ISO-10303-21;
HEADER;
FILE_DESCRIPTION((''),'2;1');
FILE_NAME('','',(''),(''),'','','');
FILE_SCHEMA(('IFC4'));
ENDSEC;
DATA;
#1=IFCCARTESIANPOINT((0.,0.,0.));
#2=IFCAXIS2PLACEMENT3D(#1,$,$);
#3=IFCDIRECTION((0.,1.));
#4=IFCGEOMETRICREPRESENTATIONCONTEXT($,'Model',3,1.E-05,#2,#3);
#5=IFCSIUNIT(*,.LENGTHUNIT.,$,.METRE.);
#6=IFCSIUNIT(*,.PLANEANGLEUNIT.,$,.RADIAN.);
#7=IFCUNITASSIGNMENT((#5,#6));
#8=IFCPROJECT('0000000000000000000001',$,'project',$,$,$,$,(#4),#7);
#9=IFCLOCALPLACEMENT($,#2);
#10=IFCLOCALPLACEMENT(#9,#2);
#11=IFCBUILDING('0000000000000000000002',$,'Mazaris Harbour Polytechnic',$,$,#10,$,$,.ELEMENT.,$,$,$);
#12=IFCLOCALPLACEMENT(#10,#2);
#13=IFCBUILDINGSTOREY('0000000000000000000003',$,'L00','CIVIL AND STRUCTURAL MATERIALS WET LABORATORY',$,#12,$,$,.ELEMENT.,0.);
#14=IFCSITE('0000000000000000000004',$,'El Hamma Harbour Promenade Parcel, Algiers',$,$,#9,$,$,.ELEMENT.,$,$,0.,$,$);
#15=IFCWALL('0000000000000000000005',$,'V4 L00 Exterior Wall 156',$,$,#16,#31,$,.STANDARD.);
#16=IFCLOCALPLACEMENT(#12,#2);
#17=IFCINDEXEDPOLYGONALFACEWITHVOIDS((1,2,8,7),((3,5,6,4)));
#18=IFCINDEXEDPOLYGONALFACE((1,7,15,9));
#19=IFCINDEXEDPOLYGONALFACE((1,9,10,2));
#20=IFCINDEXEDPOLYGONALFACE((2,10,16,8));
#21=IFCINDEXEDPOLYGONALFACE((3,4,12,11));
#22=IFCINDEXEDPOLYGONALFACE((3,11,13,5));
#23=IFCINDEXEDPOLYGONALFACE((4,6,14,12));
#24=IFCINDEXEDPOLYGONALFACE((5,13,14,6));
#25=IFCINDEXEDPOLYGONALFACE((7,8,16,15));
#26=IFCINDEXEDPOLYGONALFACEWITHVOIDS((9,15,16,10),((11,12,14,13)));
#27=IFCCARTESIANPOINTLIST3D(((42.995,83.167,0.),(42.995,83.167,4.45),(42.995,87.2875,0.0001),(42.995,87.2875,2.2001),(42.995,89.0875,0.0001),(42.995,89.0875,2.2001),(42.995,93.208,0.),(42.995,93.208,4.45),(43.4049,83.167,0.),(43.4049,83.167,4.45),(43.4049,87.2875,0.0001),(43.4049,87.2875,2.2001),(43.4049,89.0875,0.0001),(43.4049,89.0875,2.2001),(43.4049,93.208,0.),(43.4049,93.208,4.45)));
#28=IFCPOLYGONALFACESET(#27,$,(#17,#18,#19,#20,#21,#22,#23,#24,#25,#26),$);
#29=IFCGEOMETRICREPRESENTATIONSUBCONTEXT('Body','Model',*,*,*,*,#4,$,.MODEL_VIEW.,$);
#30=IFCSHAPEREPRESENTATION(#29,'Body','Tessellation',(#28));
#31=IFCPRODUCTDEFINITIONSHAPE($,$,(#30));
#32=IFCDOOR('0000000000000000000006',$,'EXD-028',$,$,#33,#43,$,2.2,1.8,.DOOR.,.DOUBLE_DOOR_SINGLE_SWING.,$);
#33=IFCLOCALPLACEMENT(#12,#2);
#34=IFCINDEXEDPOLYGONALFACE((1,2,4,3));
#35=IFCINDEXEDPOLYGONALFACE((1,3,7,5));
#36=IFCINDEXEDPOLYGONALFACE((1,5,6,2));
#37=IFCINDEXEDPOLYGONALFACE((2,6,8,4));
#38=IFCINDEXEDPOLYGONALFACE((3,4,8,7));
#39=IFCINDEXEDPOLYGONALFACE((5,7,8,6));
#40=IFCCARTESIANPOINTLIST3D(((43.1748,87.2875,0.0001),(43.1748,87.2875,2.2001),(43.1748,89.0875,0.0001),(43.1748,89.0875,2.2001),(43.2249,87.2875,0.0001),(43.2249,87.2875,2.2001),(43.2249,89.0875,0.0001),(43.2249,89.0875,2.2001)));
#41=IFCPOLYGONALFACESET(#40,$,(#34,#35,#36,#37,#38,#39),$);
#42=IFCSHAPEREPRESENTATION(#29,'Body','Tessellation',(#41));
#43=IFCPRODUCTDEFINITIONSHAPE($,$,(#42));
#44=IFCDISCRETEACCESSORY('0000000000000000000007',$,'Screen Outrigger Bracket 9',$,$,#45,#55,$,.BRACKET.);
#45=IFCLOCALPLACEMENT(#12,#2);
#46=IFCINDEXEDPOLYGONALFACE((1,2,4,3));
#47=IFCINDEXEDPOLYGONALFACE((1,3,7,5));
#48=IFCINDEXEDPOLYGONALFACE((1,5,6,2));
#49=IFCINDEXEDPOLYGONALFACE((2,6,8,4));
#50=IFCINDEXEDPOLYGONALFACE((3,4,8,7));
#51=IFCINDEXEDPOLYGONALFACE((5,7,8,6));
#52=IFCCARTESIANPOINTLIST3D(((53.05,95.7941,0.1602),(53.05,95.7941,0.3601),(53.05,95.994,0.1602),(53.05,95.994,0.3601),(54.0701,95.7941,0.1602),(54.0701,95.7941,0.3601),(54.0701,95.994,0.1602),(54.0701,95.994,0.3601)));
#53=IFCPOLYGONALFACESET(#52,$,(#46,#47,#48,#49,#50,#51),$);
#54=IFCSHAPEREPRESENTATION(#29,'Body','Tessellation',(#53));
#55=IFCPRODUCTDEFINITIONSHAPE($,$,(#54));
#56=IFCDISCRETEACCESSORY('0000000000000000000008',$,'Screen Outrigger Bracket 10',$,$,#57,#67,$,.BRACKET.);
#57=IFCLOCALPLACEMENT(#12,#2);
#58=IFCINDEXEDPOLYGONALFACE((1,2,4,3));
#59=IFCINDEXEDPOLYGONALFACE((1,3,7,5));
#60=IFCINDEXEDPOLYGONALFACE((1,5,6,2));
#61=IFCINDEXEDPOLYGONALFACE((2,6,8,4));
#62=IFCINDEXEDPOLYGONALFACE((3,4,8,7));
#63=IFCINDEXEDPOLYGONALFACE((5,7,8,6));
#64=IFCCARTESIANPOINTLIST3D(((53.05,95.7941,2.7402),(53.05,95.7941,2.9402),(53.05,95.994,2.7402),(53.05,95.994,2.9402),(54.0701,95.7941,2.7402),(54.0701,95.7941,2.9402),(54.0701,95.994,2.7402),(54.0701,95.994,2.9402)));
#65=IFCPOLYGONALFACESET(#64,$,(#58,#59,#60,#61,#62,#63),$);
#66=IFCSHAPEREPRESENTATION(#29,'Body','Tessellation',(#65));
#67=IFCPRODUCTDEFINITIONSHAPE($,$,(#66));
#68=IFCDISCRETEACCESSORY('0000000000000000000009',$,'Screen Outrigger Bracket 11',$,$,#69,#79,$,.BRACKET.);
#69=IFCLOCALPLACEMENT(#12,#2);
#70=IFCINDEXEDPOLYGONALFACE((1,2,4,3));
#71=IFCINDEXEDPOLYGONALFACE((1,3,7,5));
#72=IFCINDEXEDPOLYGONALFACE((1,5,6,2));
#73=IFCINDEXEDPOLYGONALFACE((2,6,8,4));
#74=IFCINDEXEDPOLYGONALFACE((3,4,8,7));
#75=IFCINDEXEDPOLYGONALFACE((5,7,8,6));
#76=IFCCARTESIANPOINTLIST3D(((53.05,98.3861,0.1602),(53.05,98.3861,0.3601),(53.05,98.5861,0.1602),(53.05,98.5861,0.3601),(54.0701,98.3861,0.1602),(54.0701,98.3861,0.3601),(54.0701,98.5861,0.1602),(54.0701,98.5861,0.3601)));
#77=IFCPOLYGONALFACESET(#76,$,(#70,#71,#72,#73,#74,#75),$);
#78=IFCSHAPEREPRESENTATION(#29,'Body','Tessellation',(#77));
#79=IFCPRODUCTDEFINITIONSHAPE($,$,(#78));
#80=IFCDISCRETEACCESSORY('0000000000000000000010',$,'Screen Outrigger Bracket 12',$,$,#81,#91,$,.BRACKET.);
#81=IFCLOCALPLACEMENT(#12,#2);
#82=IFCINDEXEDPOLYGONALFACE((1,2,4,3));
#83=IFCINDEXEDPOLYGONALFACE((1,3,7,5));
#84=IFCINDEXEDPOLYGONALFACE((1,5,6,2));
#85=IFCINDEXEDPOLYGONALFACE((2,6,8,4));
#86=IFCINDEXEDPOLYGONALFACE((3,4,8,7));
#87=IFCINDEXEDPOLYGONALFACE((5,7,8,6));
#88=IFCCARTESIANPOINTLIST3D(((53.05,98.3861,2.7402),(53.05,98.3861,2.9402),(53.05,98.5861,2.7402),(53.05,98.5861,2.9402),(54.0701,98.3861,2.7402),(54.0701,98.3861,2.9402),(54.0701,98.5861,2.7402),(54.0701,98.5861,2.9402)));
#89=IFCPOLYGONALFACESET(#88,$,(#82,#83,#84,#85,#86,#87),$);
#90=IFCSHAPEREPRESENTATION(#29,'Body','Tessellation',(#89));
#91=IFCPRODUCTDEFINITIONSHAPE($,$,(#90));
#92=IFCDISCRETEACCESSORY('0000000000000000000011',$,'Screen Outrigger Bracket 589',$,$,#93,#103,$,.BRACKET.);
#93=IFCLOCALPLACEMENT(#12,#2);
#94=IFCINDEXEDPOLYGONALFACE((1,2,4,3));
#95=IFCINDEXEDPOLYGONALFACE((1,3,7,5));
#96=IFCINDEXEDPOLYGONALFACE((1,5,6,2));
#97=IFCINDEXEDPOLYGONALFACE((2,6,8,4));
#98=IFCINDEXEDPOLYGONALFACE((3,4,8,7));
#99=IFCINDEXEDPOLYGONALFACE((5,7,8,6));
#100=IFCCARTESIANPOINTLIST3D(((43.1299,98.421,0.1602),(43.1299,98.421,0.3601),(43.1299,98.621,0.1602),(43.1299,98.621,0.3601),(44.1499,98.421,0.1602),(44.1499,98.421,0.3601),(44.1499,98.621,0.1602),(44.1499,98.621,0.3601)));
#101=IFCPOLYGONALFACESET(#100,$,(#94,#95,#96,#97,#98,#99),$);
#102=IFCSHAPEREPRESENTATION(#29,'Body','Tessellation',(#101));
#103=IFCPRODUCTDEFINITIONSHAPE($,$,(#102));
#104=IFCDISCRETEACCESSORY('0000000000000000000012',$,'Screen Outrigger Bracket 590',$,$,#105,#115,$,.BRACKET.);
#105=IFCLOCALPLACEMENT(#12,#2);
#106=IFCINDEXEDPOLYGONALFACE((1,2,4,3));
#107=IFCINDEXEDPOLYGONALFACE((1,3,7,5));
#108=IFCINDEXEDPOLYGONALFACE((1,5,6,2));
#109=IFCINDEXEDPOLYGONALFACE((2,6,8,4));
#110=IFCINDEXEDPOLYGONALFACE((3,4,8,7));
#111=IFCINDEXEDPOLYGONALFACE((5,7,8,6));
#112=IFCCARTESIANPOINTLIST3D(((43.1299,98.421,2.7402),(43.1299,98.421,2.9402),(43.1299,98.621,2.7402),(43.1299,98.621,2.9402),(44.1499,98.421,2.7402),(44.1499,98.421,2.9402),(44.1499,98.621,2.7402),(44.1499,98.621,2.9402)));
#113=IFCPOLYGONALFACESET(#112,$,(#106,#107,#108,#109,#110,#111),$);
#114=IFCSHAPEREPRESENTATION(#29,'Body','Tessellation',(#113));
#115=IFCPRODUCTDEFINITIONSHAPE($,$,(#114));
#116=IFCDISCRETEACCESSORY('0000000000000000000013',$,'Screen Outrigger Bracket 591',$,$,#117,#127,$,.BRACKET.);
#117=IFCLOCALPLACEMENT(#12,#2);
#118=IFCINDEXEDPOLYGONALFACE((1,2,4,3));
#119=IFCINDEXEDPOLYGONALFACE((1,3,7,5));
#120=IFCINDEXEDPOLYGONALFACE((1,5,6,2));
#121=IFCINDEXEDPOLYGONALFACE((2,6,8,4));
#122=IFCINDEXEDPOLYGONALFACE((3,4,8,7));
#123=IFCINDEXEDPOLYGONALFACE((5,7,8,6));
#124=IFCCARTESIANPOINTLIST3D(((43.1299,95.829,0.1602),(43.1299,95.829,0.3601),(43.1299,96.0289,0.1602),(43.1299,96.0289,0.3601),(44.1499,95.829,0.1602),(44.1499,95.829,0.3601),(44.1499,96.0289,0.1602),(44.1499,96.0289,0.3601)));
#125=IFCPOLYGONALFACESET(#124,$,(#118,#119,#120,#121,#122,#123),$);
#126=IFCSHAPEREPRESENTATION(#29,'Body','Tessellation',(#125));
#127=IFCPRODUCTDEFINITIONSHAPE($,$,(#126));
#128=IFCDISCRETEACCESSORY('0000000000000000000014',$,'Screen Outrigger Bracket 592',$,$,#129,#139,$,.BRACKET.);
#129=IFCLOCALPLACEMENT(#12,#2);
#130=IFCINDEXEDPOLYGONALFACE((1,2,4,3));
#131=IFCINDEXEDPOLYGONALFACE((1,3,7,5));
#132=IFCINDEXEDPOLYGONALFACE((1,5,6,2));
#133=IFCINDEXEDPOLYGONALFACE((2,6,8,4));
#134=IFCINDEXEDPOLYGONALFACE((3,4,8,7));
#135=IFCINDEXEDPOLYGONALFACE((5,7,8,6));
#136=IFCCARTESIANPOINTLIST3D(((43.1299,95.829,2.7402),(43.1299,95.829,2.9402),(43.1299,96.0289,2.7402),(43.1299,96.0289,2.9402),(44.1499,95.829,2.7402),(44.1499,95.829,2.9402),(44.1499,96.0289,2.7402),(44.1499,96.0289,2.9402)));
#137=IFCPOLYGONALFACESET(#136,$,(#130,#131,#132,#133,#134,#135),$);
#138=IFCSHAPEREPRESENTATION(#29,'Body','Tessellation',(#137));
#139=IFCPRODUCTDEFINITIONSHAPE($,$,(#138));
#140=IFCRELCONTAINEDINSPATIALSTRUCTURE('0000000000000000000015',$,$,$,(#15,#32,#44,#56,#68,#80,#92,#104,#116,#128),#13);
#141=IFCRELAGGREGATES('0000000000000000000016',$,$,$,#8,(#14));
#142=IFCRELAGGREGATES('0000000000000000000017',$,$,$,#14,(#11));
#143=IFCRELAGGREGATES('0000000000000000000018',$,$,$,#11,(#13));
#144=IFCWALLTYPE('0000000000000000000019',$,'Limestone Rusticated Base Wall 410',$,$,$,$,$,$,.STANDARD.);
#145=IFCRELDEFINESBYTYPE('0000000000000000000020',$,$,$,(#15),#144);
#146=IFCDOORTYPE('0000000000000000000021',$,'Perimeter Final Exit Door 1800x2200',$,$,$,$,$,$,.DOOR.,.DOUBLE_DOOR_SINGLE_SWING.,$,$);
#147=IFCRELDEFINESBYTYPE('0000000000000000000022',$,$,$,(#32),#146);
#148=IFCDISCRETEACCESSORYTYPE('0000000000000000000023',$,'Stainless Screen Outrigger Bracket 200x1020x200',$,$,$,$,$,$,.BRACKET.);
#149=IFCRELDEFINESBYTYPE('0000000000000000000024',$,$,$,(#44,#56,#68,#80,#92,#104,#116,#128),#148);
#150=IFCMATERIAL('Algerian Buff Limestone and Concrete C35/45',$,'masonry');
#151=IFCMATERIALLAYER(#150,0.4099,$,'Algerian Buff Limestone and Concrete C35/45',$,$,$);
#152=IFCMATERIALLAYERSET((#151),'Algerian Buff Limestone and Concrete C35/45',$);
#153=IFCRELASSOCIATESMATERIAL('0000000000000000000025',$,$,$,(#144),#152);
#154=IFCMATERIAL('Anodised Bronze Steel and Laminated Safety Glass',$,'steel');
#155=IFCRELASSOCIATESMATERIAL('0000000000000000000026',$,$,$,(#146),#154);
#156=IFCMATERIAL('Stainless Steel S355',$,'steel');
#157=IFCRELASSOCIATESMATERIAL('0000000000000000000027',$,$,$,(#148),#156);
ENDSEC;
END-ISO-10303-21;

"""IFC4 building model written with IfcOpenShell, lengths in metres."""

from ifc_helpers import new_model, si_unit, direction, frame, frame_2d, origin, origin_2d, place, context, subcontext, project, spatial, rectangle, extrude, material, layer, layer_set, type_object, element, fill, save


model = new_model("IFC4")

# Units and contexts
model_context = context("Model", 3, precision=1e-05, world=origin(), true_north=direction((0.0, 1.0)))
body_context = subcontext(model_context, "Body", "Model", "MODEL_VIEW")
ifc_project = project(units=[si_unit("LENGTHUNIT", "METRE"), si_unit("PLANEANGLEUNIT", "RADIAN")], contexts=[model_context])

# Site, building, storey
site_placement = place(None, origin())
site = spatial("IfcSite", under=ifc_project, at=site_placement, Name="El Hamma Harbour Promenade Parcel, Algiers", CompositionType="ELEMENT", RefElevation=0.0)
building_placement = place(site_placement, origin())
building = spatial("IfcBuilding", under=site, at=building_placement, Name="Mazaris Harbour Polytechnic", CompositionType="ELEMENT")
storey_placement = place(building_placement, origin())
storey = spatial("IfcBuildingStorey", under=building, at=storey_placement, Name="L00", Description="CIVIL AND STRUCTURAL MATERIALS WET LABORATORY", CompositionType="ELEMENT", Elevation=0.0)

# Shared definitions
ifc_material_1 = material(Name="Algerian Buff Limestone and Concrete C35/45", Category="masonry")
ifc_layer_1 = layer(ifc_material_1, 0.4099, Name="Algerian Buff Limestone and Concrete C35/45")
ifc_layer_set_1 = layer_set([ifc_layer_1], Name="Algerian Buff Limestone and Concrete C35/45")
wall_type = type_object("IfcWallType", Name="Limestone Rusticated Base Wall 410", PredefinedType="STANDARD", material=ifc_layer_set_1)

# Wall, opening, door
wall_1_placement = place(storey_placement, frame((43.2, 93.208, 0.0), z_axis=(0.0, 0.0, 1.0), x_axis=(0.0, -1.0, 0.0)))
wall_1 = element("IfcWall", 1, at=wall_1_placement, inside=storey, type_object=wall_type, Name="V4 L00 Exterior Wall 156", PredefinedType="STANDARD", context=body_context, shape_type="SweptSolid", body=[
    extrude(rectangle(XDim=10.041, YDim=0.4099, at=frame_2d((5.0205, 0.0))), origin(), (0.0, 0.0, 1.0), 4.45),
])
opening_1_placement = place(wall_1_placement, frame((4.1206, 0.0, 0.0)))
opening_1 = element("IfcOpeningElement", 2, at=opening_1_placement, cuts=wall_1, PredefinedType="OPENING", context=body_context, shape_type="SweptSolid", body=[
    extrude(rectangle(XDim=1.8, YDim=2.2, at=frame_2d((0.8999, 1.1001))), frame((0.0, 0.2148, 0.0), z_axis=(0.0, -1.0, 0.0), x_axis=(1.0, 0.0, 0.0)), (0.0, 0.0, 1.0), 0.4299),
])
ifc_material_2 = material(Name="Anodised Bronze Steel and Laminated Safety Glass", Category="steel")
door_type = type_object("IfcDoorType", Name="Perimeter Final Exit Door 1800x2200", OperationType="DOUBLE_DOOR_SINGLE_SWING", PredefinedType="DOOR", material=ifc_material_2)
door_placement = place(opening_1_placement, origin())
door = element("IfcDoor", 3, at=door_placement, inside=storey, type_object=door_type, Name="EXD-028", OperationType="DOUBLE_DOOR_SINGLE_SWING", OverallHeight=2.2, OverallWidth=1.8, PredefinedType="DOOR", context=body_context, shape_type="SweptSolid", body=[
    extrude(rectangle(XDim=1.8, YDim=2.2, at=frame_2d((0.8999, 1.1001))), frame((0.0, 0.0249, 0.0), z_axis=(0.0, -1.0, 0.0), x_axis=(1.0, 0.0, 0.0)), (0.0, 0.0, 1.0), 0.05),
])
fill(opening_1, door)

# Discrete accessories
ifc_material_3 = material(Name="Stainless Steel S355", Category="steel")
discrete_accessory_type = type_object("IfcDiscreteAccessoryType", Name="Stainless Screen Outrigger Bracket 200x1020x200", PredefinedType="BRACKET", material=ifc_material_3)
for number, where, z_axis, x_axis, name in (
    (4, (53.5601, 95.894, 0.1602), (0.0, 0.0, 1.0), (0.0, 1.0, 0.0), "Screen Outrigger Bracket 9"),
    (5, (53.5601, 95.894, 2.7402), (0.0, 0.0, 1.0), (0.0, 1.0, 0.0), "Screen Outrigger Bracket 10"),
    (6, (53.5601, 98.4861, 0.1602), (0.0, 0.0, 1.0), (0.0, 1.0, 0.0), "Screen Outrigger Bracket 11"),
    (7, (53.5601, 98.4861, 2.7402), (0.0, 0.0, 1.0), (0.0, 1.0, 0.0), "Screen Outrigger Bracket 12"),
    (8, (43.6399, 98.521, 0.1602), (0.0, 0.0, 1.0), (0.0, -1.0, 0.0), "Screen Outrigger Bracket 589"),
    (9, (43.6399, 98.521, 2.7402), (0.0, 0.0, 1.0), (0.0, -1.0, 0.0), "Screen Outrigger Bracket 590"),
    (10, (43.6399, 95.929, 0.1602), (0.0, 0.0, 1.0), (0.0, -1.0, 0.0), "Screen Outrigger Bracket 591"),
    (11, (43.6399, 95.929, 2.7402), (0.0, 0.0, 1.0), (0.0, -1.0, 0.0), "Screen Outrigger Bracket 592"),
):
    element("IfcDiscreteAccessory", number, at=place(storey_placement, frame(where, z_axis=z_axis, x_axis=x_axis)), inside=storey, type_object=discrete_accessory_type, Name=name, PredefinedType="BRACKET", context=body_context, shape_type="SweptSolid", body=[
        extrude(rectangle(XDim=0.2, YDim=1.02, at=origin_2d()), origin(), (0.0, 0.0, 1.0), 0.2),
    ])

save(model, "model.ifc")
